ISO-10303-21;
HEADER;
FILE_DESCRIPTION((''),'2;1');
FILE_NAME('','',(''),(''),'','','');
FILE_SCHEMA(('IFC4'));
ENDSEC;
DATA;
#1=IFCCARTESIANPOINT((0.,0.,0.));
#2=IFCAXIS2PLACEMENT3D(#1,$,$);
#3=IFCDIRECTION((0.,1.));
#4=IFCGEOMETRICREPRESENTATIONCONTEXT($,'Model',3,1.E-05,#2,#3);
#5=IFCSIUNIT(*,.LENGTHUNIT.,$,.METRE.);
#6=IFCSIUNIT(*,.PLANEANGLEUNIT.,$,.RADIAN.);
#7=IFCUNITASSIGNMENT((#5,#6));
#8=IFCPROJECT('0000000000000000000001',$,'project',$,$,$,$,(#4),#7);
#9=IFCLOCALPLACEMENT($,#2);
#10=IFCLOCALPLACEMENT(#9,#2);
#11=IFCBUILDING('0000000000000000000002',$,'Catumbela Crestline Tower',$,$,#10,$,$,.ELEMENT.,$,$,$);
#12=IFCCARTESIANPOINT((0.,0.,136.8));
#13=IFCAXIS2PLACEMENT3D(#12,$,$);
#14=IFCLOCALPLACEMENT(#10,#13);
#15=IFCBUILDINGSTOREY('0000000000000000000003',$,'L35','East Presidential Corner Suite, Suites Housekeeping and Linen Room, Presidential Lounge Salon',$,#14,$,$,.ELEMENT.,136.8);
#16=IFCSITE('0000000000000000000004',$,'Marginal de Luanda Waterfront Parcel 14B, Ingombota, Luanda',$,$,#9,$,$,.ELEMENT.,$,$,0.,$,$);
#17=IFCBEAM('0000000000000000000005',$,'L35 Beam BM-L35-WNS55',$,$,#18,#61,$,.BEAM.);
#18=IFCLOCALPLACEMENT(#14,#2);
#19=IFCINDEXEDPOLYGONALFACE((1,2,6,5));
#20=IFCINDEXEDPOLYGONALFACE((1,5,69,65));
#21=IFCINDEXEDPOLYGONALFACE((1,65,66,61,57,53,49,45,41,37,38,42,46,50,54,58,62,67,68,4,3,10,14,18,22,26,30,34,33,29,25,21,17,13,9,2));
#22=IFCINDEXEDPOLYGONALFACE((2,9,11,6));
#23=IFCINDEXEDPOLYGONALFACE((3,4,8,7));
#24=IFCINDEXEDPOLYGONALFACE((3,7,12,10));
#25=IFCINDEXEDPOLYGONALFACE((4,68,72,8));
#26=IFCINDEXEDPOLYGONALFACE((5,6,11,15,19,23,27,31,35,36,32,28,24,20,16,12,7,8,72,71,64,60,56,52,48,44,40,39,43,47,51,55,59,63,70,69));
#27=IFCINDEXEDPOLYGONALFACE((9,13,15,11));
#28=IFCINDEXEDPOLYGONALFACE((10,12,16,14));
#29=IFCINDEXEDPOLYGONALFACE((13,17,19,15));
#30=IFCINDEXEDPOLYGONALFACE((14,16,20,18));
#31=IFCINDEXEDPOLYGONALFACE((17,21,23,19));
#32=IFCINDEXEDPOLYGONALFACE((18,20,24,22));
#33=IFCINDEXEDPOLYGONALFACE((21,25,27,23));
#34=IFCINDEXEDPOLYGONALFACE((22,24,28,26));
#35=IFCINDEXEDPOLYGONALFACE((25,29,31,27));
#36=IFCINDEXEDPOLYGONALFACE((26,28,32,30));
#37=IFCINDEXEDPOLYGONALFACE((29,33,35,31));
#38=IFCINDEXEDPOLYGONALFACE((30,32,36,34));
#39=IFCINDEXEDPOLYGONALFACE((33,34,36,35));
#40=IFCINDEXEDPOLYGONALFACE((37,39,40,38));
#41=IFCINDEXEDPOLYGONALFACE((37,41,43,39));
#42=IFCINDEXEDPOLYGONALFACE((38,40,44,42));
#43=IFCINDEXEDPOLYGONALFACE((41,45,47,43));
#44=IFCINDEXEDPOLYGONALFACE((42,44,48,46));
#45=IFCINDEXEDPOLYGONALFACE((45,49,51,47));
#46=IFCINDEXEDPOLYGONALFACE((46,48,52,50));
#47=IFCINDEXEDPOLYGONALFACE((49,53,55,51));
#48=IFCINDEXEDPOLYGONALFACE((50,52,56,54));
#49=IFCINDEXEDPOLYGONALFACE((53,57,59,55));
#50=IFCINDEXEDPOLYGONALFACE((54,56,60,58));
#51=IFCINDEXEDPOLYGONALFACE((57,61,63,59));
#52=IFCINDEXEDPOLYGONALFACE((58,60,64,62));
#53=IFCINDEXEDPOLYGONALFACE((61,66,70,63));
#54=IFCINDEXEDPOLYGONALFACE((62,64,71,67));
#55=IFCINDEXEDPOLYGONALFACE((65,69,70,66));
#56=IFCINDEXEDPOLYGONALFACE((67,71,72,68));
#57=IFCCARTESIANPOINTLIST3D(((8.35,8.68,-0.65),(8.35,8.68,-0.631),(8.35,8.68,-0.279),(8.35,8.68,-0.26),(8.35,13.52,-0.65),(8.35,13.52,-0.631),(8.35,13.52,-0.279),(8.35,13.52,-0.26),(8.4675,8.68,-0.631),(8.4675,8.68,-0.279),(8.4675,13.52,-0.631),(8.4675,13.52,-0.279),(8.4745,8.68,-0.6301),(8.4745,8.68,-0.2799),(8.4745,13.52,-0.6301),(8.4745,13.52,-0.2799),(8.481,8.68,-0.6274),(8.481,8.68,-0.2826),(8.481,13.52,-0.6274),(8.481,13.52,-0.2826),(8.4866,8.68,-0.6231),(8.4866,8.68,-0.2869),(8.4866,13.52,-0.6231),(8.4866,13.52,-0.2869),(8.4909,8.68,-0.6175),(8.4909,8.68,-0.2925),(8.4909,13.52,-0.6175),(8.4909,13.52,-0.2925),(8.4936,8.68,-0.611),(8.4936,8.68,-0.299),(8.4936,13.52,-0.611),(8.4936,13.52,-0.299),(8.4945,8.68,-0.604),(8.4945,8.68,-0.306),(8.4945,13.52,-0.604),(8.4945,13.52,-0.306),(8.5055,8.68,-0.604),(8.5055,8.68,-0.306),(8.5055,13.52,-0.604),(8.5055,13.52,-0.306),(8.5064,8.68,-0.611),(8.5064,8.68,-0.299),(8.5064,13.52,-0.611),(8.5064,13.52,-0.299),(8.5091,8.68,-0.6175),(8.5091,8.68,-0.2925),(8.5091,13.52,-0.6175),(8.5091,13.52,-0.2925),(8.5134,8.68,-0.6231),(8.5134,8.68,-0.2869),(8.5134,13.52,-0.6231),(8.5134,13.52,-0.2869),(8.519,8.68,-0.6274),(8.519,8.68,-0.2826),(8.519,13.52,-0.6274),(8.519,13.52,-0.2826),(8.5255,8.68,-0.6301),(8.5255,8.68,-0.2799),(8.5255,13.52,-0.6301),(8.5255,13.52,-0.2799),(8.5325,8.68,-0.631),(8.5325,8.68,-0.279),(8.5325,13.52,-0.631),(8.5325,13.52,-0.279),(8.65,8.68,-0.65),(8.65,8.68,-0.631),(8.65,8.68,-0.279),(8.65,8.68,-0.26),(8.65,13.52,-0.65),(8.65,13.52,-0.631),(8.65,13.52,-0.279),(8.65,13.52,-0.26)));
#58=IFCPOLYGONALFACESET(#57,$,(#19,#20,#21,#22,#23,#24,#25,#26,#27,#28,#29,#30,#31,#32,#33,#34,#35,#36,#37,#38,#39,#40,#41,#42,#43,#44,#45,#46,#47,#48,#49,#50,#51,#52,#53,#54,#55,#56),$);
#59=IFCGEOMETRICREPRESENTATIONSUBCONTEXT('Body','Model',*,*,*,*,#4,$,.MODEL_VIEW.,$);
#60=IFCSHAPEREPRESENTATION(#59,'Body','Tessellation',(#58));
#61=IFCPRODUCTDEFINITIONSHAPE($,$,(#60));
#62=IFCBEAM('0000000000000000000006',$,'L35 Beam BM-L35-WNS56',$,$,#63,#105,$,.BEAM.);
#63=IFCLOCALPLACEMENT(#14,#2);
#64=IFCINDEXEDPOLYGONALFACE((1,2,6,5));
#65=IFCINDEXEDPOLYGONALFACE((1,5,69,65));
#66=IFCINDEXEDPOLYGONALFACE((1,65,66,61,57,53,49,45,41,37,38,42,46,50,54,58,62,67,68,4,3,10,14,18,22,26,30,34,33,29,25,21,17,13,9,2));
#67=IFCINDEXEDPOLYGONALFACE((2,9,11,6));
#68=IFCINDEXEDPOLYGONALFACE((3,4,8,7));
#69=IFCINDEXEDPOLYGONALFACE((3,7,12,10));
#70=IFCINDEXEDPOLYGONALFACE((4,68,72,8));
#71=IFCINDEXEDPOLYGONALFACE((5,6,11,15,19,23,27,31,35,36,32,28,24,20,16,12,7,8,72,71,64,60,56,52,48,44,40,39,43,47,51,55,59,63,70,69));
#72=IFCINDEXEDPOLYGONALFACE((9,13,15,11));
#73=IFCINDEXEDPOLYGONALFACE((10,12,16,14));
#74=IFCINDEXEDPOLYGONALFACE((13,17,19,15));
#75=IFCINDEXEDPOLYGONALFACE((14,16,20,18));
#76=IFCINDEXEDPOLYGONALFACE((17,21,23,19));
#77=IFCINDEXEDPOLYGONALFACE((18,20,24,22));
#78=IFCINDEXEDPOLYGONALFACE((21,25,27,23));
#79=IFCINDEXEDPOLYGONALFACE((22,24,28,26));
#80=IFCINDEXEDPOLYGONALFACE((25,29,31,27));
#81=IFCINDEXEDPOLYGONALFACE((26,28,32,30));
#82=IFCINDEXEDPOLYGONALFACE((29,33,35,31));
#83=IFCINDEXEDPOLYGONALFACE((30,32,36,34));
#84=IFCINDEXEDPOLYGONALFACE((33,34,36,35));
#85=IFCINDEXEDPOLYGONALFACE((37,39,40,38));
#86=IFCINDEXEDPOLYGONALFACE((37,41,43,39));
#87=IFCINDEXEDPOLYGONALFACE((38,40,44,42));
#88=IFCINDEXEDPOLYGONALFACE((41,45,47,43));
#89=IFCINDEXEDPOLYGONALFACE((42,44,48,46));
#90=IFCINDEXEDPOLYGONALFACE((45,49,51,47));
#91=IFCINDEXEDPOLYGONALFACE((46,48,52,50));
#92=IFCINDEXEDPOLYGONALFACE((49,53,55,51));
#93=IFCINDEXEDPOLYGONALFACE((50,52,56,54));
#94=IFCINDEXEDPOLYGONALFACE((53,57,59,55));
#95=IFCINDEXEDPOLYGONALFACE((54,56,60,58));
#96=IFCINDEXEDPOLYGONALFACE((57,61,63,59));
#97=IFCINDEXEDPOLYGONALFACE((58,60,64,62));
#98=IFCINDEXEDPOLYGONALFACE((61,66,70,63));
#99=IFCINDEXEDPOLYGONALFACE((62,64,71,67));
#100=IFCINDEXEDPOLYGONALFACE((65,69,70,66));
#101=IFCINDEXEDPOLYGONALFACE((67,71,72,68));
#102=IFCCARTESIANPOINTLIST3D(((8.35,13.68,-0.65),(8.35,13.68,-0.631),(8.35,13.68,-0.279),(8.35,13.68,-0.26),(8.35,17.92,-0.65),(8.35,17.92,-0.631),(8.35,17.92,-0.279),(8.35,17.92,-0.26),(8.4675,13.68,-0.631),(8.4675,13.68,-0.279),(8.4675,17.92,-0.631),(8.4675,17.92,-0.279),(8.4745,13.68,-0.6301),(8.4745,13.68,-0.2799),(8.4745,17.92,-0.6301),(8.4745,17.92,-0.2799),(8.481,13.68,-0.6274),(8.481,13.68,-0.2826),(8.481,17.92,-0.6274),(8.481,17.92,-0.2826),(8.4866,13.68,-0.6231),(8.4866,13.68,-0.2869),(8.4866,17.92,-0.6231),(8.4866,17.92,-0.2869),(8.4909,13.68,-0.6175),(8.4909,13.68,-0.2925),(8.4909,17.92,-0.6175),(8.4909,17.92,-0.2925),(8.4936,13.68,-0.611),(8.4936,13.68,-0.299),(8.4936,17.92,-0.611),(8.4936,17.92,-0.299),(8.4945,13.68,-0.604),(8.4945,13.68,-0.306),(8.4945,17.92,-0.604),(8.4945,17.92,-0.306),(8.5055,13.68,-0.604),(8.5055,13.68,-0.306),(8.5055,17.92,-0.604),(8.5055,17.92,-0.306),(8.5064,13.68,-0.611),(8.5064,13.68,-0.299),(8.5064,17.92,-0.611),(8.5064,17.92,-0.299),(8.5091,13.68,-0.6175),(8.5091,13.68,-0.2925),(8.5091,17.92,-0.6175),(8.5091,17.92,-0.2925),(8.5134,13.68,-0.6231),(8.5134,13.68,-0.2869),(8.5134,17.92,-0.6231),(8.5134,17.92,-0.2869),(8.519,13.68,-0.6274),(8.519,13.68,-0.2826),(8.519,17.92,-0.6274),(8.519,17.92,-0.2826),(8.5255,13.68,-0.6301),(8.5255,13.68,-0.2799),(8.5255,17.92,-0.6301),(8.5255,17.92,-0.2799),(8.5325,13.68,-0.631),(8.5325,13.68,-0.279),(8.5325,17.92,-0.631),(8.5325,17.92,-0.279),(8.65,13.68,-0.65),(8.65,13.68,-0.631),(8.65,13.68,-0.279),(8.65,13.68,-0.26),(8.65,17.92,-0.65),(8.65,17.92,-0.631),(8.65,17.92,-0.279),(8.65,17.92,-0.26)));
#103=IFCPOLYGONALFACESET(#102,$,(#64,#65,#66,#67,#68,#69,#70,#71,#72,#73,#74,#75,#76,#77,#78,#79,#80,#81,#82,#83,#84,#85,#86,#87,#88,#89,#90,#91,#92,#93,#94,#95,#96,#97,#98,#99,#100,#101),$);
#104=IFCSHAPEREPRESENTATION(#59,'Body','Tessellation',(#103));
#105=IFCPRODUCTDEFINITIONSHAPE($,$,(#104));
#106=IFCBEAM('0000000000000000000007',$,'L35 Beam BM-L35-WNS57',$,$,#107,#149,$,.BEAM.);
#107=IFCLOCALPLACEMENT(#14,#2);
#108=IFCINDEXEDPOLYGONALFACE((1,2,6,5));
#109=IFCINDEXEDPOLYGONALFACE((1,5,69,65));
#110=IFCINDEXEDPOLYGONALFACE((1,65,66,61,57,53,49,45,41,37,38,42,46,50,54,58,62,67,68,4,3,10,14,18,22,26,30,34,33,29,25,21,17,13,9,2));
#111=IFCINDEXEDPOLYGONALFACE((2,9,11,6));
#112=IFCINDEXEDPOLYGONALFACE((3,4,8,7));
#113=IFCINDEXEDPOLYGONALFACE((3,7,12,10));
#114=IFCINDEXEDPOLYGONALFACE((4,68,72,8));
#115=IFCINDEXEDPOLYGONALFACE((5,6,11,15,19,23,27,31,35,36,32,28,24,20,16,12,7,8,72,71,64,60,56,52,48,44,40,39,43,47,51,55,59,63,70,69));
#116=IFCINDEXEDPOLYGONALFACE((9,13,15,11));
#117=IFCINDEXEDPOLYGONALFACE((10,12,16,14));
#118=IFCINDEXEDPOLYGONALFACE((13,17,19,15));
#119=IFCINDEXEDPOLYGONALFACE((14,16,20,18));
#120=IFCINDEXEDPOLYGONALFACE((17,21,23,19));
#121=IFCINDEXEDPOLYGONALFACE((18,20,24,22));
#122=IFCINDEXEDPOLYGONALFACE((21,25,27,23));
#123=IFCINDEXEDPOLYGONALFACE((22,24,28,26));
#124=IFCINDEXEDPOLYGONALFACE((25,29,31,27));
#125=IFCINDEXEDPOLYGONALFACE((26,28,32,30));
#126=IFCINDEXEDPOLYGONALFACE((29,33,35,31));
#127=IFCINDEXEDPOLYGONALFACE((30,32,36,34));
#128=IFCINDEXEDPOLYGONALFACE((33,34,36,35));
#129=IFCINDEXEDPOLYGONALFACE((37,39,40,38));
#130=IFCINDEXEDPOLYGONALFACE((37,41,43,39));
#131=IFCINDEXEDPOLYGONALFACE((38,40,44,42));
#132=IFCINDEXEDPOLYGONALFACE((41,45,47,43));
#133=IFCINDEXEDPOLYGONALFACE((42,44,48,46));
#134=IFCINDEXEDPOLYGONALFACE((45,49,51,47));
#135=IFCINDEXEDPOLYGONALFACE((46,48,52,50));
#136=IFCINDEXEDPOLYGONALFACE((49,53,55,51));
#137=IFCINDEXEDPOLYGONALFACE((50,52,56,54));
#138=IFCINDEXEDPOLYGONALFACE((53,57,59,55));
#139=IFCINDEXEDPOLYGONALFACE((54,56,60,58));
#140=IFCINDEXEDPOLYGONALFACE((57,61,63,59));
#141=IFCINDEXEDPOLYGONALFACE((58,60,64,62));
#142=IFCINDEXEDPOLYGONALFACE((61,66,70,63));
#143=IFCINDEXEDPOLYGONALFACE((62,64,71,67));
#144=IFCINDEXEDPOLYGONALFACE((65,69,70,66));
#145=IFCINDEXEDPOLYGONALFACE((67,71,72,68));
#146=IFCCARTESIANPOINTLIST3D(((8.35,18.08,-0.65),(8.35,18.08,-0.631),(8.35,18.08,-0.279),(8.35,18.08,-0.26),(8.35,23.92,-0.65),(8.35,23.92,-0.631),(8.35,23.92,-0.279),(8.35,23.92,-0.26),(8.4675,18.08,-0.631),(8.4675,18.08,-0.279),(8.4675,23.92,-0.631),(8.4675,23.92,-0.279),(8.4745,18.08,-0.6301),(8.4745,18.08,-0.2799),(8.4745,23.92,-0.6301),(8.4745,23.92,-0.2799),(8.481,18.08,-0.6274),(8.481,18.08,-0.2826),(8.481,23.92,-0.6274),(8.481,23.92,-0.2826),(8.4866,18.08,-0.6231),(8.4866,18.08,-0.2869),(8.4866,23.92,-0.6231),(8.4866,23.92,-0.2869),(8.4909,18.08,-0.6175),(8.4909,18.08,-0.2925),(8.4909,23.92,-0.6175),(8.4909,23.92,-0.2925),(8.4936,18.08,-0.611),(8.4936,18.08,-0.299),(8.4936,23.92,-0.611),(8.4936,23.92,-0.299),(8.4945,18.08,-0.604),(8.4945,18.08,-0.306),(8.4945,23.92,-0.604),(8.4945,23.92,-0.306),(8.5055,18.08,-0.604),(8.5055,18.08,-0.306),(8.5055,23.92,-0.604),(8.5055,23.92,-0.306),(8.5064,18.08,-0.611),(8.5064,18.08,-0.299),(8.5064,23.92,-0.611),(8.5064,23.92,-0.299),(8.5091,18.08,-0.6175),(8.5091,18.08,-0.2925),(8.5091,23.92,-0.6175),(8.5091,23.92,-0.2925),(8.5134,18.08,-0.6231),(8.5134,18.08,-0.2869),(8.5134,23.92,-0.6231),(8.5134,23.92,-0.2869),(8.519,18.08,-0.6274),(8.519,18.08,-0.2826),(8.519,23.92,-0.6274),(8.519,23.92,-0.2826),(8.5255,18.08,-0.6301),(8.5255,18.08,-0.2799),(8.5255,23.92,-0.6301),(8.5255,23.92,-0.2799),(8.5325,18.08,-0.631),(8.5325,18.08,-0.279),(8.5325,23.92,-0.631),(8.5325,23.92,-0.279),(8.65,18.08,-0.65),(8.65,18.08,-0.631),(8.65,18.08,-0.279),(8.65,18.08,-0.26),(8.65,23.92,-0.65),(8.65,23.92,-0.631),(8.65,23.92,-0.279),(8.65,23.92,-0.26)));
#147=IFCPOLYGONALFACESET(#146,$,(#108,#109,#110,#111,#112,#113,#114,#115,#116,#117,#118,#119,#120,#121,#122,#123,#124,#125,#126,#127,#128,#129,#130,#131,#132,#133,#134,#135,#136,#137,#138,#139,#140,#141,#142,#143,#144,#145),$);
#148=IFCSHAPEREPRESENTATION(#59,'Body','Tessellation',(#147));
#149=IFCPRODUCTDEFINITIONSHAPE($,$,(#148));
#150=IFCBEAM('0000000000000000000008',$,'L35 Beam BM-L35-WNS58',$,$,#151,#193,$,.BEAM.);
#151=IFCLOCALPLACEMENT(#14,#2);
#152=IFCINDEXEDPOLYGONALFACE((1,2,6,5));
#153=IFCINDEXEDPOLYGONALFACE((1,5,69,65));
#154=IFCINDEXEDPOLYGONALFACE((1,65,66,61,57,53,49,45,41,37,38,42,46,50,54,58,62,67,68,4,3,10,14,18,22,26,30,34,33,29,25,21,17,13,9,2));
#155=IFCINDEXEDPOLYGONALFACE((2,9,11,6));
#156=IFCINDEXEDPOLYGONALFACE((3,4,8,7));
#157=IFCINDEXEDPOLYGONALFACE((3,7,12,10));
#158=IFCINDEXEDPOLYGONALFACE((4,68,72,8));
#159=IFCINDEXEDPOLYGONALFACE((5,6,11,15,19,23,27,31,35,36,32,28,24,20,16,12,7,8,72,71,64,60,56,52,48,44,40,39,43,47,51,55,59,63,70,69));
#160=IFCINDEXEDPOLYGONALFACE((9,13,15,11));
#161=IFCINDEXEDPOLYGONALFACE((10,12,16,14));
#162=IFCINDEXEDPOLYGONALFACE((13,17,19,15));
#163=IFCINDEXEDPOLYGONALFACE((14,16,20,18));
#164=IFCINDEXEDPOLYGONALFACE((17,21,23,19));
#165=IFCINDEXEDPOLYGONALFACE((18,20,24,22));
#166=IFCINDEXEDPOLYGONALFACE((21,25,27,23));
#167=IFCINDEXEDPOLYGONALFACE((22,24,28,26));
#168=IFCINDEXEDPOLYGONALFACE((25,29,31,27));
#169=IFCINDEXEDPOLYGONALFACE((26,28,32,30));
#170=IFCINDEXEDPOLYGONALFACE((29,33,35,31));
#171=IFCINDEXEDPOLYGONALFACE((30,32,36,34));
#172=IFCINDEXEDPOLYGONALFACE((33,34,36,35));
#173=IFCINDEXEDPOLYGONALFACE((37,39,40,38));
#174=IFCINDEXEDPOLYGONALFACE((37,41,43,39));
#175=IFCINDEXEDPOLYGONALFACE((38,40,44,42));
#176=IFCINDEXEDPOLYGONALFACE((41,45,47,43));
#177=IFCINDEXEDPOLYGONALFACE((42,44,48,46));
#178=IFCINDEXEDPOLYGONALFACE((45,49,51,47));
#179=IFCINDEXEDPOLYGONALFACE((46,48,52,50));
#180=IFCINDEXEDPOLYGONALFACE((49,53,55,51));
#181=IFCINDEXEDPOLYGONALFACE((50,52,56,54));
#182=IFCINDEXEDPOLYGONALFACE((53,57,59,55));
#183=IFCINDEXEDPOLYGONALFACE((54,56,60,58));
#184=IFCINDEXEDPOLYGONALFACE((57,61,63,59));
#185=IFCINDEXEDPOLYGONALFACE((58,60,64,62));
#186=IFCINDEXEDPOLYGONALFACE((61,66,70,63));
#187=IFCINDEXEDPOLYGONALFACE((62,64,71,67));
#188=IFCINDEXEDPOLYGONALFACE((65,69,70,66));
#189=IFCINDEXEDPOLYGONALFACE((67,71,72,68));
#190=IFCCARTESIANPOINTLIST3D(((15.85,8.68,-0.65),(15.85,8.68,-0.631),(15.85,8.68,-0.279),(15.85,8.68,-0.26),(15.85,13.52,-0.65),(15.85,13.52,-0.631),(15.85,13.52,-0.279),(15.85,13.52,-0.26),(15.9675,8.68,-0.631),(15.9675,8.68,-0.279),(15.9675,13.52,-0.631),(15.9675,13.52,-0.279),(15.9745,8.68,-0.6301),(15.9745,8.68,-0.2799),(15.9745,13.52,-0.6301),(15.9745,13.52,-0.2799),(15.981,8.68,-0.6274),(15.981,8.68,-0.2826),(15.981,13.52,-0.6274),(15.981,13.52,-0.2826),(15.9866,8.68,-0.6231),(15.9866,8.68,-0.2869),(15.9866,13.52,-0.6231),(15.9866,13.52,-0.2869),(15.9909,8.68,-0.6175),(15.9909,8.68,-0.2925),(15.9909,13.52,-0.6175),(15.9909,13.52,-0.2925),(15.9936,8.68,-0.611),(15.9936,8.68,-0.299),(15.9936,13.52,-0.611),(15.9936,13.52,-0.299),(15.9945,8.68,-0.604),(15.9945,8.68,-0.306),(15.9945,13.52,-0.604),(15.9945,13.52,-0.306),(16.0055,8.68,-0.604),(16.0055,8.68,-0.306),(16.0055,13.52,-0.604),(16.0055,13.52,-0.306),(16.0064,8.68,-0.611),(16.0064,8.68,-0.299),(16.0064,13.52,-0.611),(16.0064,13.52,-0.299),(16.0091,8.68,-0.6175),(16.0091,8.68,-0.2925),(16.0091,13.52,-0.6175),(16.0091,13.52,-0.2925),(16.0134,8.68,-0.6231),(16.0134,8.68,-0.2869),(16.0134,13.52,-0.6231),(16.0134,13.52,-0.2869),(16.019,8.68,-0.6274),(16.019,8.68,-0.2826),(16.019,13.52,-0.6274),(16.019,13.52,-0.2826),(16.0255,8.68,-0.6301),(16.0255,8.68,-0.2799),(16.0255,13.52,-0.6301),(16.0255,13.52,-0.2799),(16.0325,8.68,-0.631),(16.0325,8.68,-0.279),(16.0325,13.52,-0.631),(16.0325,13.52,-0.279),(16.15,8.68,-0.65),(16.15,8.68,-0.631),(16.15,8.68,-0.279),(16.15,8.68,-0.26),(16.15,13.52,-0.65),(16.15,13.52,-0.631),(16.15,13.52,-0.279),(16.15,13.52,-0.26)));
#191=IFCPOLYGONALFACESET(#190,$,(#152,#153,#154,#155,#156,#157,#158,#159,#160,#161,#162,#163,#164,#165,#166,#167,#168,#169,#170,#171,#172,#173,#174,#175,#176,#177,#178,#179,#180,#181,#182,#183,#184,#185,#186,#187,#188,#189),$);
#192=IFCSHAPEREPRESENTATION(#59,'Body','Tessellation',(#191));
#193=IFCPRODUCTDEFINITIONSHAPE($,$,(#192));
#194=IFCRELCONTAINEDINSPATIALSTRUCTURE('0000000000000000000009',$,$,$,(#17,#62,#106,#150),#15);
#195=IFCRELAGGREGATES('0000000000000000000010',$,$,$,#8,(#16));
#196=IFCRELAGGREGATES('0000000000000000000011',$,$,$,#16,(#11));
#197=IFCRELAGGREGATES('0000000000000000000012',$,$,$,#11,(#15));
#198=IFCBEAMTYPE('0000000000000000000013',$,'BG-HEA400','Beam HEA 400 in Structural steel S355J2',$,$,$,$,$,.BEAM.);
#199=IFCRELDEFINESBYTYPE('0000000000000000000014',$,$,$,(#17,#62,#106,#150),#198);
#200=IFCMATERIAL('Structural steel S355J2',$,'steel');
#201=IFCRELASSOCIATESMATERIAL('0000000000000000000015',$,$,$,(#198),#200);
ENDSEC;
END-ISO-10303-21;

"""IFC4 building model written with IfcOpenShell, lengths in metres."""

from ifc_helpers import new_model, si_unit, direction, frame, origin, origin_2d, place, context, subcontext, project, spatial, i_section, extrude, material, material_profile, profile_set, type_object, element, save


model = new_model("IFC4")

# Units and contexts
model_context = context("Model", 3, precision=1e-05, world=origin(), true_north=direction((0.0, 1.0)))
body_context = subcontext(model_context, "Body", "Model", "MODEL_VIEW")
ifc_project = project(units=[si_unit("LENGTHUNIT", "METRE"), si_unit("PLANEANGLEUNIT", "RADIAN")], contexts=[model_context])

# Site, building, storey
site_placement = place(None, origin())
site = spatial("IfcSite", under=ifc_project, at=site_placement, Name="Marginal de Luanda Waterfront Parcel 14B, Ingombota, Luanda", CompositionType="ELEMENT", RefElevation=0.0)
building_placement = place(site_placement, origin())
building = spatial("IfcBuilding", under=site, at=building_placement, Name="Catumbela Crestline Tower", CompositionType="ELEMENT")
storey_placement = place(building_placement, frame((0.0, 0.0, 136.8)))
storey = spatial("IfcBuildingStorey", under=building, at=storey_placement, Name="L35", Description="East Presidential Corner Suite, Suites Housekeeping and Linen Room, Presidential Lounge Salon", CompositionType="ELEMENT", Elevation=136.8)

# Beams
ifc_material_1 = material(Name="Structural steel S355J2", Category="steel")
ifc_material_profile_1 = material_profile(ifc_material_1, i_section(OverallWidth=0.3, OverallDepth=0.39, WebThickness=0.011, FlangeThickness=0.019, FilletRadius=0.027, at=origin_2d()), Name="HEA 400")
ifc_profile_set_1 = profile_set([ifc_material_profile_1], Name="Structural steel S355J2")
beam_type_1 = type_object("IfcBeamType", Name="BG-HEA400", Description="Beam HEA 400 in Structural steel S355J2", PredefinedType="BEAM", material=ifc_profile_set_1)
beam_1_placement = place(storey_placement, frame((8.5, 8.68, -0.455), z_axis=(0.0, 1.0, 0.0), x_axis=(-1.0, 0.0, 0.0)))
element("IfcBeam", 1, at=beam_1_placement, inside=storey, type_object=beam_type_1, Name="L35 Beam BM-L35-WNS55", PredefinedType="BEAM", context=body_context, shape_type="SweptSolid", body=[
    extrude(i_section(OverallWidth=0.3, OverallDepth=0.39, WebThickness=0.011, FlangeThickness=0.019, FilletRadius=0.027, at=origin_2d()), origin(), (0.0, 0.0, 1.0), 4.84),
])
beam_2_placement = place(storey_placement, frame((8.5, 13.68, -0.455), z_axis=(0.0, 1.0, 0.0), x_axis=(-1.0, 0.0, 0.0)))
element("IfcBeam", 2, at=beam_2_placement, inside=storey, type_object=beam_type_1, Name="L35 Beam BM-L35-WNS56", PredefinedType="BEAM", context=body_context, shape_type="SweptSolid", body=[
    extrude(i_section(OverallWidth=0.3, OverallDepth=0.39, WebThickness=0.011, FlangeThickness=0.019, FilletRadius=0.027, at=origin_2d()), origin(), (0.0, 0.0, 1.0), 4.24),
])
beam_3_placement = place(storey_placement, frame((8.5, 18.08, -0.455), z_axis=(0.0, 1.0, 0.0), x_axis=(-1.0, 0.0, 0.0)))
element("IfcBeam", 3, at=beam_3_placement, inside=storey, type_object=beam_type_1, Name="L35 Beam BM-L35-WNS57", PredefinedType="BEAM", context=body_context, shape_type="SweptSolid", body=[
    extrude(i_section(OverallWidth=0.3, OverallDepth=0.39, WebThickness=0.011, FlangeThickness=0.019, FilletRadius=0.027, at=origin_2d()), origin(), (0.0, 0.0, 1.0), 5.84),
])
beam_4_placement = place(storey_placement, frame((16.0, 8.68, -0.455), z_axis=(0.0, 1.0, 0.0), x_axis=(-1.0, 0.0, 0.0)))
element("IfcBeam", 4, at=beam_4_placement, inside=storey, type_object=beam_type_1, Name="L35 Beam BM-L35-WNS58", PredefinedType="BEAM", context=body_context, shape_type="SweptSolid", body=[
    extrude(i_section(OverallWidth=0.3, OverallDepth=0.39, WebThickness=0.011, FlangeThickness=0.019, FilletRadius=0.027, at=origin_2d()), origin(), (0.0, 0.0, 1.0), 4.84),
])

save(model, "model.ifc")
